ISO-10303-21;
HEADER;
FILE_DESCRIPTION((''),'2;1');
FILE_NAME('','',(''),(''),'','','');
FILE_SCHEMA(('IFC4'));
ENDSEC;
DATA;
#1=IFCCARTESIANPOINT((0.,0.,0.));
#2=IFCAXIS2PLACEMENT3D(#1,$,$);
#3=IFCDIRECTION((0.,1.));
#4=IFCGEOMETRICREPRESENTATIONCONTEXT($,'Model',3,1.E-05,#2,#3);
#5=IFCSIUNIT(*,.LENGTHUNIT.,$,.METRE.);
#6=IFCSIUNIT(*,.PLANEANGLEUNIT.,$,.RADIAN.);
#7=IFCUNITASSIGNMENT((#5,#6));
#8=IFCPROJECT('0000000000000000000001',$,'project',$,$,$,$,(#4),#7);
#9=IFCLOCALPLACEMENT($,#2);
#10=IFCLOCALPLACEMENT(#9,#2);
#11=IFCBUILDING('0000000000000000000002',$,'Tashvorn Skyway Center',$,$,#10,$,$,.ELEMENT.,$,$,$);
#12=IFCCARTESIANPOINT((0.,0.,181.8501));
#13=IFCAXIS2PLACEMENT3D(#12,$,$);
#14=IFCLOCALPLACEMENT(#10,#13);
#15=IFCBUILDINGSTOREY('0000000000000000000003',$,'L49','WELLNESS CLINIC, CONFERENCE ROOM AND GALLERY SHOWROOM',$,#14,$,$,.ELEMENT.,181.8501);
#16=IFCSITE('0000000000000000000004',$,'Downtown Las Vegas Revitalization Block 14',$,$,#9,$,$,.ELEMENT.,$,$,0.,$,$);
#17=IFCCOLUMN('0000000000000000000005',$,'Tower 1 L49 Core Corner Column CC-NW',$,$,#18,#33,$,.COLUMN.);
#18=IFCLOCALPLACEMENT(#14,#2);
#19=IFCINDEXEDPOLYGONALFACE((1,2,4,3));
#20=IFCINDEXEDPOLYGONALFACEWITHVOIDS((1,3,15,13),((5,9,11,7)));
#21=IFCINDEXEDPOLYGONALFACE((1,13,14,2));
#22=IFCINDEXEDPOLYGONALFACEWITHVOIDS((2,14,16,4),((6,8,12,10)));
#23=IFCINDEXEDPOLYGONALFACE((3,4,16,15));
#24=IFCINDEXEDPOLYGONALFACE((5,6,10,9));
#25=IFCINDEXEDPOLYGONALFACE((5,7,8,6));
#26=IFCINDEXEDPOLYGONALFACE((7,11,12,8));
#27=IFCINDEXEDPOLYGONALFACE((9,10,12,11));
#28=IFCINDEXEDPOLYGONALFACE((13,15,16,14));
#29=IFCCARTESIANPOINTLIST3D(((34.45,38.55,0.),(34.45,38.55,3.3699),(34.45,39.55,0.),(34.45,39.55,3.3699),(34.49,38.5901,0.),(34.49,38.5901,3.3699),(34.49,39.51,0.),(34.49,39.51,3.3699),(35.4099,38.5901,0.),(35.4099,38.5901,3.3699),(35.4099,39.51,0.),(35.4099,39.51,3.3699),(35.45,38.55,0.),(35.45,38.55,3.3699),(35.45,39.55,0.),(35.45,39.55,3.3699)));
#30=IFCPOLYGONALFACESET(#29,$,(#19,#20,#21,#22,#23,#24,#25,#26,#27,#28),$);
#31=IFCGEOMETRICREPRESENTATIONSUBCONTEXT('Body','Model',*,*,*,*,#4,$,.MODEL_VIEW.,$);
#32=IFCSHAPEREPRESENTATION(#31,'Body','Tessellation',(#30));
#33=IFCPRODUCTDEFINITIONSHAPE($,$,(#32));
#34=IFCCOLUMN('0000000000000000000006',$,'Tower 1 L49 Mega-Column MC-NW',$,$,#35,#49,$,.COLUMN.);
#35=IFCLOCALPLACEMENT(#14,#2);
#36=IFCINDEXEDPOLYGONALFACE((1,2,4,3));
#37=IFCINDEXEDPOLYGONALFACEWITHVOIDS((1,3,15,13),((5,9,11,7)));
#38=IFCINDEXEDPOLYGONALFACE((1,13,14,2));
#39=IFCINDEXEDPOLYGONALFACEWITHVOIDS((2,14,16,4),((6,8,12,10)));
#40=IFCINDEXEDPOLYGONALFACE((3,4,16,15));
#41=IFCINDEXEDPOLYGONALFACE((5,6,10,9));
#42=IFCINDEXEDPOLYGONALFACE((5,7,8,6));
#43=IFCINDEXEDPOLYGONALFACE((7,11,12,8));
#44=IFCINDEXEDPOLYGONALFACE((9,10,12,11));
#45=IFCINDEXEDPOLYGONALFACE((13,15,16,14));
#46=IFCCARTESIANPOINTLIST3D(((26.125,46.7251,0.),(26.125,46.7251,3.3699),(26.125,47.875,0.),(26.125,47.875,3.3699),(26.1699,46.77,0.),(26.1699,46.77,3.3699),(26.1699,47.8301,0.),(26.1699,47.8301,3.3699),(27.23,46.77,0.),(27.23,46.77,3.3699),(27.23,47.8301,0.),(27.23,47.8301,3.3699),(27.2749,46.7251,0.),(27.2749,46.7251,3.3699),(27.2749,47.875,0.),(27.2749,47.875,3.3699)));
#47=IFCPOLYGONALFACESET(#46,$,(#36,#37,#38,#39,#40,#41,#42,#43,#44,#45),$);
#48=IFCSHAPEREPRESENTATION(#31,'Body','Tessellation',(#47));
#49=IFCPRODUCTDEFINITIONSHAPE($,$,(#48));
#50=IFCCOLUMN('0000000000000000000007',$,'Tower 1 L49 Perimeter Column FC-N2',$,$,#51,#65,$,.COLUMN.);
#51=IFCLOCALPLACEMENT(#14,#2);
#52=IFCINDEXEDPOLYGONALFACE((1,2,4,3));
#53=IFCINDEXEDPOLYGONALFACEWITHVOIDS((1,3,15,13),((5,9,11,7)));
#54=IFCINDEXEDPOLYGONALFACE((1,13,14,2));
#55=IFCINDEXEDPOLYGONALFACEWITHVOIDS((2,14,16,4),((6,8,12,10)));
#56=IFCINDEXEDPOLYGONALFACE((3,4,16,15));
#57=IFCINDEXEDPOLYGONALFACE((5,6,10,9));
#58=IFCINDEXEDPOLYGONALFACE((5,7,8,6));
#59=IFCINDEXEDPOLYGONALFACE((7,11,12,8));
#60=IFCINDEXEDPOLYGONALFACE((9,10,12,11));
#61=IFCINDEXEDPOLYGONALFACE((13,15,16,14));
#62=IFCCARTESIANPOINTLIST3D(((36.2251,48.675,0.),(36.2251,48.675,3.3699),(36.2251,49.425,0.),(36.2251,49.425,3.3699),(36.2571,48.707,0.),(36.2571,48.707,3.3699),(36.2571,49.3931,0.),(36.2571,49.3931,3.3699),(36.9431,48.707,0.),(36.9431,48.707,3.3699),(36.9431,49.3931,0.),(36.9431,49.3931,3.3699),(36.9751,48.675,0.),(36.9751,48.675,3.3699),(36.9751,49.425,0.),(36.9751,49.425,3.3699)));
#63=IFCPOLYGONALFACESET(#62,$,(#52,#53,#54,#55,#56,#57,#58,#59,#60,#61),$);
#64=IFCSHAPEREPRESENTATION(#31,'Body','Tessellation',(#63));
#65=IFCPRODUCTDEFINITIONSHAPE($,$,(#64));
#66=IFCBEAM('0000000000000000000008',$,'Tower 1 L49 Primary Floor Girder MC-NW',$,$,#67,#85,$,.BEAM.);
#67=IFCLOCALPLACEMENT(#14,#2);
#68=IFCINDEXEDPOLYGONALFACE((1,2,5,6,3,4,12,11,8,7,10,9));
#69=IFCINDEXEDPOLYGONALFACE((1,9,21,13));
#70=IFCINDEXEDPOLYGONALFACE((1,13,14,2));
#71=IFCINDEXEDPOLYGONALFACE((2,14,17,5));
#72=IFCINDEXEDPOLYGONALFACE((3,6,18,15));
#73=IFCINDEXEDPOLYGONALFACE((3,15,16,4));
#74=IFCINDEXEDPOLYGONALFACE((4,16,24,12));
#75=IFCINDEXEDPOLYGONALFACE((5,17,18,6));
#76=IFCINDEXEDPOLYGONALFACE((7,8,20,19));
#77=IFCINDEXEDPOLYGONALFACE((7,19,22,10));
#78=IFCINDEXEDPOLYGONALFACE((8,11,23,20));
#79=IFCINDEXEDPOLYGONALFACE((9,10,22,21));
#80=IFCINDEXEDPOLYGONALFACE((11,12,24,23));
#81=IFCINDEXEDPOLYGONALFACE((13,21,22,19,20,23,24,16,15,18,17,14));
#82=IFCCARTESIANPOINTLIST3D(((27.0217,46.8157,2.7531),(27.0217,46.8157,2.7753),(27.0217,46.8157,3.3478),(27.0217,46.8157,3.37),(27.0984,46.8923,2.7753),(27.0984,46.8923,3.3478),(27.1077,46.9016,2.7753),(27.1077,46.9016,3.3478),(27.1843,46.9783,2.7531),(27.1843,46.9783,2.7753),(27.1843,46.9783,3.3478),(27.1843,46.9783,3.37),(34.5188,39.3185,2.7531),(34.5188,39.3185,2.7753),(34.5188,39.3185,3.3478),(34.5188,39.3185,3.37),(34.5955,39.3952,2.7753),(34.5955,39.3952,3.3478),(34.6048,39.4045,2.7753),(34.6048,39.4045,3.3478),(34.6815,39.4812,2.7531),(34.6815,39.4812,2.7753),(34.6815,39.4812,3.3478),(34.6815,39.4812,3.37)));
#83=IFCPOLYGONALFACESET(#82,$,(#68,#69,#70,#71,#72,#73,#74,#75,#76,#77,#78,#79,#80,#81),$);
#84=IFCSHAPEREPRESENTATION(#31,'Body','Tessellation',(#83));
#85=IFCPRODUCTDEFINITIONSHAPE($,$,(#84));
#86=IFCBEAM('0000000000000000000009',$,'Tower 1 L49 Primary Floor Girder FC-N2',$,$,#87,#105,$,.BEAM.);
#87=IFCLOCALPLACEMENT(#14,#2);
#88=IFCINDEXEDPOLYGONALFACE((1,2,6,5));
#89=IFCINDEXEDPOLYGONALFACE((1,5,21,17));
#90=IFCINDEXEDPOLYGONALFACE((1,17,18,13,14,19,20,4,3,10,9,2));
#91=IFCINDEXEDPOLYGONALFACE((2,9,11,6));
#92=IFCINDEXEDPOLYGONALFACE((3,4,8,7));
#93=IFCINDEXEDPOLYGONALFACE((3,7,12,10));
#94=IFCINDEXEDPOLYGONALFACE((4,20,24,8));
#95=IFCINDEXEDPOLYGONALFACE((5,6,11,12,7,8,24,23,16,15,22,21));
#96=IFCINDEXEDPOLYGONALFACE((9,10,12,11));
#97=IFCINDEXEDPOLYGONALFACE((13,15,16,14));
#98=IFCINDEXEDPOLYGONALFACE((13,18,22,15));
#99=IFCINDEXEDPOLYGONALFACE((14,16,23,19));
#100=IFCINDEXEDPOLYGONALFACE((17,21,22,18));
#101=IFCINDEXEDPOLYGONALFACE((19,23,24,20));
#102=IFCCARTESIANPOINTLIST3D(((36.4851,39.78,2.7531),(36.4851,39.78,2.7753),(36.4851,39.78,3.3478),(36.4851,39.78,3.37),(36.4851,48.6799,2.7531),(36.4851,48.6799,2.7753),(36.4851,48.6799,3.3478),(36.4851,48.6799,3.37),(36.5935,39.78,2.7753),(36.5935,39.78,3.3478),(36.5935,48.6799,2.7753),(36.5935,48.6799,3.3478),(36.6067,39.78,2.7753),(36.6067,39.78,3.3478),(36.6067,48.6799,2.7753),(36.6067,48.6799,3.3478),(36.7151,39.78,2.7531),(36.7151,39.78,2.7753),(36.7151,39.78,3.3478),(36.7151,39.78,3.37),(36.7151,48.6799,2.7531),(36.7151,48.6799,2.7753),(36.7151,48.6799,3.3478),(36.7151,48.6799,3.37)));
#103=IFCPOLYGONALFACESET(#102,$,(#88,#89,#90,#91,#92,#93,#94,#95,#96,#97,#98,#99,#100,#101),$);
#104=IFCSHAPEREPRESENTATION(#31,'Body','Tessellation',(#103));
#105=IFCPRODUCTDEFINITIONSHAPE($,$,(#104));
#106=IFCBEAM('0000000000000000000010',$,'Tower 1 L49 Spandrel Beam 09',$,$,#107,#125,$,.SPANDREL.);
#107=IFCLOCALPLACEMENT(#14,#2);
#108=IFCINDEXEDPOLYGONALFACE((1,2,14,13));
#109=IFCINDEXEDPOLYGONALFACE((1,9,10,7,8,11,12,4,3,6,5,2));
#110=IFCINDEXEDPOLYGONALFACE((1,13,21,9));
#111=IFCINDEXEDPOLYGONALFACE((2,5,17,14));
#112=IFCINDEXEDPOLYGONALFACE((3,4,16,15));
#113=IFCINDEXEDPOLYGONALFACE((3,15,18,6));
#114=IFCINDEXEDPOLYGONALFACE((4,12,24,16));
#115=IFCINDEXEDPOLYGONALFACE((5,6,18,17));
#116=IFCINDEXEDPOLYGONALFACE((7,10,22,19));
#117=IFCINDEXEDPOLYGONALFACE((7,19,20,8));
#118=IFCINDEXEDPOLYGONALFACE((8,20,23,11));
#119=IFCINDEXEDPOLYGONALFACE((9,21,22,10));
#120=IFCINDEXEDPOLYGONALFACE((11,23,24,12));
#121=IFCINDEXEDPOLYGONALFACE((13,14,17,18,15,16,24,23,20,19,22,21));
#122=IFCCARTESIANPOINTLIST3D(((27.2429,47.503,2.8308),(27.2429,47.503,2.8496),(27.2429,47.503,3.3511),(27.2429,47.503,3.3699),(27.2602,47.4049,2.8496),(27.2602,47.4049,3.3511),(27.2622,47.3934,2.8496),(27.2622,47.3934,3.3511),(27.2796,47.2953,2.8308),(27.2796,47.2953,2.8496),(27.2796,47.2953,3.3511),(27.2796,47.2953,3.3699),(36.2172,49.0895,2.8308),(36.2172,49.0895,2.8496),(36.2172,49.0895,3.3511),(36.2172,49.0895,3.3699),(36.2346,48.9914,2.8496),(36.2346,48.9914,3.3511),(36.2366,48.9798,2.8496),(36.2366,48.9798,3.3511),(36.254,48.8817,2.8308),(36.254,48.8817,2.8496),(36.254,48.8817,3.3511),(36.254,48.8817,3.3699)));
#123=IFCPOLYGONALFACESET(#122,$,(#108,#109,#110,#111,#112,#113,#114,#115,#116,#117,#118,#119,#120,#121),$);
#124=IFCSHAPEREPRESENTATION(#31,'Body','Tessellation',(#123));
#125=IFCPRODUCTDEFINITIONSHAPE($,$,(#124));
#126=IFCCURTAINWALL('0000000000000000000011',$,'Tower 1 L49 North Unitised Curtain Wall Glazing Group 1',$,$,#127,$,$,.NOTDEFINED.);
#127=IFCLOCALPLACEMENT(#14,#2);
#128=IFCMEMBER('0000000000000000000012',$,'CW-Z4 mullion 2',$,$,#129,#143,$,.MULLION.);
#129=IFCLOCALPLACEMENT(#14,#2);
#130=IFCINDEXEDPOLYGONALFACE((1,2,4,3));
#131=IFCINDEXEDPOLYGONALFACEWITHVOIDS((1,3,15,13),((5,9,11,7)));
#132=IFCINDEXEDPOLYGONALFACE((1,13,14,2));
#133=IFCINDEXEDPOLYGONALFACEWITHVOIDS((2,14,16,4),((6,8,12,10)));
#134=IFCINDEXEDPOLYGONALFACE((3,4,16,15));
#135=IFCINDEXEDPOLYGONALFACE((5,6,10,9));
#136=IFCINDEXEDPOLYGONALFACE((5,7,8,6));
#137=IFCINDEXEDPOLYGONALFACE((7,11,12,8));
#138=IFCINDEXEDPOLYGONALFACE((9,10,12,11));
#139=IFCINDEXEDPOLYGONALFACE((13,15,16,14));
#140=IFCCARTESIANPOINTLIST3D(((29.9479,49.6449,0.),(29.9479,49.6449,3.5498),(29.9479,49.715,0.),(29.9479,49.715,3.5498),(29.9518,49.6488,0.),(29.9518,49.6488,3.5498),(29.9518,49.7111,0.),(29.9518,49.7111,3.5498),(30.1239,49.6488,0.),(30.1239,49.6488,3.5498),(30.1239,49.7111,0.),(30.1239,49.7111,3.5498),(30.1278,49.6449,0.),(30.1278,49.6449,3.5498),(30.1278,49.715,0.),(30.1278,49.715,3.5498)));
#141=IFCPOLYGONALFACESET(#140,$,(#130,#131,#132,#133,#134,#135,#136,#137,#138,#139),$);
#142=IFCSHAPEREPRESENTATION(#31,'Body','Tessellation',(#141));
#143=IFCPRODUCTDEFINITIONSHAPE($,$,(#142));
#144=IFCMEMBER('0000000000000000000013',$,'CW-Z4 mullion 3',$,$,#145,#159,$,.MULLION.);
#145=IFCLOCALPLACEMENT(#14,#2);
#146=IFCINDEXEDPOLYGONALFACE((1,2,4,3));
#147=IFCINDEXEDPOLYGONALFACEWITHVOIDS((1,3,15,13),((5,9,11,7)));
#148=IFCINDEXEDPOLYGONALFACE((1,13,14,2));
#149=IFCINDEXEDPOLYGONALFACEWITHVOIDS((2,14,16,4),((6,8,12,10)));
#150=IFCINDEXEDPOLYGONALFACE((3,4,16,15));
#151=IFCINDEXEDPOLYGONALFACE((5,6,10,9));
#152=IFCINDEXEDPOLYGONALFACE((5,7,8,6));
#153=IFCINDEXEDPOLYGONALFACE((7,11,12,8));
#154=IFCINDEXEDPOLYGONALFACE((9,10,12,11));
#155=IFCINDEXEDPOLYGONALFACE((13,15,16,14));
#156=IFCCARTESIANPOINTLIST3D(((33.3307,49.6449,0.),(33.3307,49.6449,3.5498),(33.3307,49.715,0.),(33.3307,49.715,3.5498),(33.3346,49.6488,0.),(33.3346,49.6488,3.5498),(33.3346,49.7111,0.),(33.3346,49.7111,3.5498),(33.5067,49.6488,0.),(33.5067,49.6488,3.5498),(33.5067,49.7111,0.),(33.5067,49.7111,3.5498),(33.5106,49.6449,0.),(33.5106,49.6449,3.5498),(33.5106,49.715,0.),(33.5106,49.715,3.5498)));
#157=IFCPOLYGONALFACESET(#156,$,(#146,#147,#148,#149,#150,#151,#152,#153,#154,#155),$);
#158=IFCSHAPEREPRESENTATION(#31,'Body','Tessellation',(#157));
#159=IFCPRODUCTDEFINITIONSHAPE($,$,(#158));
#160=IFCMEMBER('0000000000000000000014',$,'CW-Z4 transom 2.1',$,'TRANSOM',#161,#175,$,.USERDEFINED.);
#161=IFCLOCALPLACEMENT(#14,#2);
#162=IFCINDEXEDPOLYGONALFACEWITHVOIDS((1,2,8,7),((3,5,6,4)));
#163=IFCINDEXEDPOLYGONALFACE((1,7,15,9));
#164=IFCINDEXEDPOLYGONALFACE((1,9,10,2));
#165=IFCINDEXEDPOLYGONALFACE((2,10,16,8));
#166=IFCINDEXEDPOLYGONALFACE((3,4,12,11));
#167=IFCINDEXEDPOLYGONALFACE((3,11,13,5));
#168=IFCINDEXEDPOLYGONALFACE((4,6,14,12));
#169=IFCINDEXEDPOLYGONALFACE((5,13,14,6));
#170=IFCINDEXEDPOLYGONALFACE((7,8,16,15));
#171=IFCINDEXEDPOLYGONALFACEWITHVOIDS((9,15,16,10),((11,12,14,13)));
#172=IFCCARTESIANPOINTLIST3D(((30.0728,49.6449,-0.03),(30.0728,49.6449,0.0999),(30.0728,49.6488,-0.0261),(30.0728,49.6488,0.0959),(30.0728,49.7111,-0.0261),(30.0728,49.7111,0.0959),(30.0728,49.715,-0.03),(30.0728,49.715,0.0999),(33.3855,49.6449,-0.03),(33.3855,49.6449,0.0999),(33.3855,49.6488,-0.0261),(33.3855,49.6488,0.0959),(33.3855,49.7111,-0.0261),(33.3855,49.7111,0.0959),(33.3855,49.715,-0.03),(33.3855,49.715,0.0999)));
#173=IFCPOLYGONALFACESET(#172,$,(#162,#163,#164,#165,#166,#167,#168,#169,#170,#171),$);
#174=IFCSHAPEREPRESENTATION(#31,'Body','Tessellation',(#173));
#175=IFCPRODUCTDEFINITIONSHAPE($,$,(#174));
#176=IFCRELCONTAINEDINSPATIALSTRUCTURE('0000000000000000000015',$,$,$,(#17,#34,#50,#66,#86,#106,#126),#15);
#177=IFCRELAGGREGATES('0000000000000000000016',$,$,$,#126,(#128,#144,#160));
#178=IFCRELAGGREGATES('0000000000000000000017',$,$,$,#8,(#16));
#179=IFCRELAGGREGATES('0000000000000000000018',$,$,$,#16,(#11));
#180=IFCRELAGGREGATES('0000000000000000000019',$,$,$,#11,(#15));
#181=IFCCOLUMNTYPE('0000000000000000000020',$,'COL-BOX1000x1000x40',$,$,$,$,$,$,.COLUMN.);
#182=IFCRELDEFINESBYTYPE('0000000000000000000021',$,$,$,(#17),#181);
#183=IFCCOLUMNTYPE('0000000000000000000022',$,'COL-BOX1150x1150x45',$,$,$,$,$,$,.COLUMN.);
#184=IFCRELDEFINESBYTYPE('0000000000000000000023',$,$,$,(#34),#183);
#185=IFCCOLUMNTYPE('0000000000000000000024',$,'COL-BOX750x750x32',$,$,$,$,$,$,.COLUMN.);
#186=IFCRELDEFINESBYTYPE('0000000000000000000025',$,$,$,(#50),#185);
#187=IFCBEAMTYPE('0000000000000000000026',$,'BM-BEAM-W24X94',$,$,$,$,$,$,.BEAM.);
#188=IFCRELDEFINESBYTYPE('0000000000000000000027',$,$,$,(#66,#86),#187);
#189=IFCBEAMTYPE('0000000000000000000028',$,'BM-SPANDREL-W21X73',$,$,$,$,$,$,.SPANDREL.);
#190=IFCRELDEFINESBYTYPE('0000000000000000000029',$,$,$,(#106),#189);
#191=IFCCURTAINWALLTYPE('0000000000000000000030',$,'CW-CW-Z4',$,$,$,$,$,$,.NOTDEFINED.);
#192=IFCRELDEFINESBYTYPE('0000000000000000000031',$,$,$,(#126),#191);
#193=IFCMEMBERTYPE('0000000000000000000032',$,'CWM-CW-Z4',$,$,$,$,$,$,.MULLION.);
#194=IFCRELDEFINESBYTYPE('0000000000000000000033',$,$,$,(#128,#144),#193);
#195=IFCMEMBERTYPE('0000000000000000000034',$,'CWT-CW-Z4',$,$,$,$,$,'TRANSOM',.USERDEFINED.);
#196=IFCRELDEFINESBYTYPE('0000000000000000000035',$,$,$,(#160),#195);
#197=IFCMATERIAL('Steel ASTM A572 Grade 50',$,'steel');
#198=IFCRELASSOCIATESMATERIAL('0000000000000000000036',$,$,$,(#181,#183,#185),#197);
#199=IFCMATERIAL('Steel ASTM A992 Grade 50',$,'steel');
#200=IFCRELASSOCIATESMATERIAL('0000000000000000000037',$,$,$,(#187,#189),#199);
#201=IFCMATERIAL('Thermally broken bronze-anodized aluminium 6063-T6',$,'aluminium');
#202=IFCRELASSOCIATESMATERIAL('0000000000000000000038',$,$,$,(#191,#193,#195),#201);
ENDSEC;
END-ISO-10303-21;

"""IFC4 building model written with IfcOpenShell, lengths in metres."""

from ifc_helpers import new_model, si_unit, direction, frame, origin, origin_2d, place, context, subcontext, project, spatial, hollow_rectangle, i_section, extrude, material, material_profile, profile_set, type_object, element, aggregate, save


model = new_model("IFC4")

# Units and contexts
model_context = context("Model", 3, precision=1e-05, world=origin(), true_north=direction((0.0, 1.0)))
body_context = subcontext(model_context, "Body", "Model", "MODEL_VIEW")
ifc_project = project(units=[si_unit("LENGTHUNIT", "METRE"), si_unit("PLANEANGLEUNIT", "RADIAN")], contexts=[model_context])

# Site, building, storey
site_placement = place(None, origin())
site = spatial("IfcSite", under=ifc_project, at=site_placement, Name="Downtown Las Vegas Revitalization Block 14", CompositionType="ELEMENT", RefElevation=0.0)
building_placement = place(site_placement, origin())
building = spatial("IfcBuilding", under=site, at=building_placement, Name="Tashvorn Skyway Center", CompositionType="ELEMENT")
storey_placement = place(building_placement, frame((0.0, 0.0, 181.8501)))
storey = spatial("IfcBuildingStorey", under=building, at=storey_placement, Name="L49", Description="WELLNESS CLINIC, CONFERENCE ROOM AND GALLERY SHOWROOM", CompositionType="ELEMENT", Elevation=181.8501)

# Columns
ifc_material_1 = material(Name="Steel ASTM A572 Grade 50", Category="steel")
ifc_material_profile_1 = material_profile(ifc_material_1, hollow_rectangle(XDim=1.0, YDim=1.0, WallThickness=0.04, at=origin_2d()), Name="BOX1000x1000x40")
ifc_profile_set_1 = profile_set([ifc_material_profile_1], Name="Steel ASTM A572 Grade 50")
column_type_1 = type_object("IfcColumnType", Name="COL-BOX1000x1000x40", PredefinedType="COLUMN", material=ifc_profile_set_1)
column_1_placement = place(storey_placement, frame((34.95, 39.05, 0.0), z_axis=(0.0, 0.0, 1.0), x_axis=(1.0, 0.0, 0.0)))
element("IfcColumn", 1, at=column_1_placement, inside=storey, type_object=column_type_1, Name="Tower 1 L49 Core Corner Column CC-NW", PredefinedType="COLUMN", context=body_context, shape_type="SweptSolid", body=[
    extrude(hollow_rectangle(XDim=1.0, YDim=1.0, WallThickness=0.04, at=origin_2d()), origin(), (0.0, 0.0, 1.0), 3.3699),
])
ifc_material_profile_2 = material_profile(ifc_material_1, hollow_rectangle(XDim=1.1499, YDim=1.1499, WallThickness=0.0449, at=origin_2d()), Name="BOX1150x1150x45")
ifc_profile_set_2 = profile_set([ifc_material_profile_2], Name="Steel ASTM A572 Grade 50")
column_type_2 = type_object("IfcColumnType", Name="COL-BOX1150x1150x45", PredefinedType="COLUMN", material=ifc_profile_set_2)
column_2_placement = place(storey_placement, frame((26.7, 47.3, 0.0), z_axis=(0.0, 0.0, 1.0), x_axis=(1.0, 0.0, 0.0)))
element("IfcColumn", 2, at=column_2_placement, inside=storey, type_object=column_type_2, Name="Tower 1 L49 Mega-Column MC-NW", PredefinedType="COLUMN", context=body_context, shape_type="SweptSolid", body=[
    extrude(hollow_rectangle(XDim=1.1499, YDim=1.1499, WallThickness=0.0449, at=origin_2d()), origin(), (0.0, 0.0, 1.0), 3.3699),
])
ifc_material_profile_3 = material_profile(ifc_material_1, hollow_rectangle(XDim=0.75, YDim=0.75, WallThickness=0.032, at=origin_2d()), Name="BOX750x750x32")
ifc_profile_set_3 = profile_set([ifc_material_profile_3], Name="Steel ASTM A572 Grade 50")
column_type_3 = type_object("IfcColumnType", Name="COL-BOX750x750x32", PredefinedType="COLUMN", material=ifc_profile_set_3)
column_3_placement = place(storey_placement, frame((36.6001, 49.05, 0.0), z_axis=(0.0, 0.0, 1.0), x_axis=(1.0, 0.0, 0.0)))
element("IfcColumn", 3, at=column_3_placement, inside=storey, type_object=column_type_3, Name="Tower 1 L49 Perimeter Column FC-N2", PredefinedType="COLUMN", context=body_context, shape_type="SweptSolid", body=[
    extrude(hollow_rectangle(XDim=0.75, YDim=0.75, WallThickness=0.032, at=origin_2d()), origin(), (0.0, 0.0, 1.0), 3.3699),
])

# Beams
ifc_material_2 = material(Name="Steel ASTM A992 Grade 50", Category="steel")
ifc_material_profile_4 = material_profile(ifc_material_2, i_section(OverallWidth=0.23, OverallDepth=0.6169, WebThickness=0.0132, FlangeThickness=0.0222, at=origin_2d()), Name="W24X94")
ifc_profile_set_4 = profile_set([ifc_material_profile_4], Name="Steel ASTM A992 Grade 50")
beam_type_1 = type_object("IfcBeamType", Name="BM-BEAM-W24X94", PredefinedType="BEAM", material=ifc_profile_set_4)
beam_1_placement = place(storey_placement, frame((27.103, 46.897, 3.0615), z_axis=(0.707107, -0.707107, 0.0), x_axis=(0.707107, 0.707107, 0.0)))
element("IfcBeam", 4, at=beam_1_placement, inside=storey, type_object=beam_type_1, Name="Tower 1 L49 Primary Floor Girder MC-NW", PredefinedType="BEAM", context=body_context, shape_type="SweptSolid", body=[
    extrude(i_section(OverallWidth=0.23, OverallDepth=0.6169, WebThickness=0.0132, FlangeThickness=0.0222, at=origin_2d()), origin(), (0.0, 0.0, 1.0), 10.6025),
])
beam_2_placement = place(storey_placement, frame((36.6001, 48.6799, 3.0615), z_axis=(0.0, -1.0, 0.0), x_axis=(1.0, 0.0, 0.0)))
element("IfcBeam", 5, at=beam_2_placement, inside=storey, type_object=beam_type_1, Name="Tower 1 L49 Primary Floor Girder FC-N2", PredefinedType="BEAM", context=body_context, shape_type="SweptSolid", body=[
    extrude(i_section(OverallWidth=0.23, OverallDepth=0.6169, WebThickness=0.0132, FlangeThickness=0.0222, at=origin_2d()), origin(), (0.0, 0.0, 1.0), 8.8999),
])
ifc_material_profile_5 = material_profile(ifc_material_2, i_section(OverallWidth=0.2109, OverallDepth=0.5391, WebThickness=0.0117, FlangeThickness=0.0188, at=origin_2d()), Name="W21X73")
ifc_profile_set_5 = profile_set([ifc_material_profile_5], Name="Steel ASTM A992 Grade 50")
beam_type_2 = type_object("IfcBeamType", Name="BM-SPANDREL-W21X73", PredefinedType="SPANDREL", material=ifc_profile_set_5)
beam_3_placement = place(storey_placement, frame((36.2356, 48.9856, 3.1003), z_axis=(-0.984733, -0.174074, 0.0), x_axis=(0.174074, -0.984733, 0.0)))
element("IfcBeam", 6, at=beam_3_placement, inside=storey, type_object=beam_type_2, Name="Tower 1 L49 Spandrel Beam 09", PredefinedType="SPANDREL", context=body_context, shape_type="SweptSolid", body=[
    extrude(i_section(OverallWidth=0.2109, OverallDepth=0.5391, WebThickness=0.0117, FlangeThickness=0.0188, at=origin_2d()), origin(), (0.0, 0.0, 1.0), 9.1135),
])

# Curtain wall, members
ifc_material_3 = material(Name="Thermally broken bronze-anodized aluminium 6063-T6", Category="aluminium")
curtain_wall_type = type_object("IfcCurtainWallType", Name="CW-CW-Z4", PredefinedType="NOTDEFINED", material=ifc_material_3)
curtain_wall_placement = place(storey_placement, origin())
curtain_wall = element("IfcCurtainWall", 7, at=curtain_wall_placement, inside=storey, type_object=curtain_wall_type, Name="Tower 1 L49 North Unitised Curtain Wall Glazing Group 1", PredefinedType="NOTDEFINED")
ifc_material_profile_6 = material_profile(ifc_material_3, hollow_rectangle(XDim=0.0701, YDim=0.1799, WallThickness=0.0039, at=origin_2d()), Name="ALU-MULL-70x180")
ifc_profile_set_6 = profile_set([ifc_material_profile_6], Name="Thermally broken bronze-anodized aluminium 6063-T6")
member_type_1 = type_object("IfcMemberType", Name="CWM-CW-Z4", PredefinedType="MULLION", material=ifc_profile_set_6)
member_1_placement = place(storey_placement, frame((30.0378, 49.6799, 0.0), z_axis=(0.0, 0.0, 1.0), x_axis=(0.0, 1.0, 0.0)))
member_1 = element("IfcMember", 8, at=member_1_placement, type_object=member_type_1, Name="CW-Z4 mullion 2", PredefinedType="MULLION", context=body_context, shape_type="SweptSolid", body=[
    extrude(hollow_rectangle(XDim=0.0701, YDim=0.1799, WallThickness=0.0039, at=origin_2d()), origin(), (0.0, 0.0, 1.0), 3.5498),
])
member_2_placement = place(storey_placement, frame((33.4207, 49.6799, 0.0), z_axis=(0.0, 0.0, 1.0), x_axis=(0.0, 1.0, 0.0)))
member_2 = element("IfcMember", 9, at=member_2_placement, type_object=member_type_1, Name="CW-Z4 mullion 3", PredefinedType="MULLION", context=body_context, shape_type="SweptSolid", body=[
    extrude(hollow_rectangle(XDim=0.0701, YDim=0.1799, WallThickness=0.0039, at=origin_2d()), origin(), (0.0, 0.0, 1.0), 3.5498),
])
ifc_material_profile_7 = material_profile(ifc_material_3, hollow_rectangle(XDim=0.0701, YDim=0.1299, WallThickness=0.0039, at=origin_2d()), Name="ALU-TRAN-70x130")
ifc_profile_set_7 = profile_set([ifc_material_profile_7], Name="Thermally broken bronze-anodized aluminium 6063-T6")
member_type_2 = type_object("IfcMemberType", Name="CWT-CW-Z4", ElementType="TRANSOM", PredefinedType="USERDEFINED", material=ifc_profile_set_7)
member_3_placement = place(storey_placement, frame((30.0728, 49.6799, 0.0349), z_axis=(1.0, 0.0, 0.0), x_axis=(0.0, 1.0, 0.0)))
member_3 = element("IfcMember", 10, at=member_3_placement, type_object=member_type_2, Name="CW-Z4 transom 2.1", ObjectType="TRANSOM", PredefinedType="USERDEFINED", context=body_context, shape_type="SweptSolid", body=[
    extrude(hollow_rectangle(XDim=0.0701, YDim=0.1299, WallThickness=0.0039, at=origin_2d()), origin(), (0.0, 0.0, 1.0), 3.3127),
])
aggregate(curtain_wall, [member_1, member_2, member_3])

save(model, "model.ifc")
